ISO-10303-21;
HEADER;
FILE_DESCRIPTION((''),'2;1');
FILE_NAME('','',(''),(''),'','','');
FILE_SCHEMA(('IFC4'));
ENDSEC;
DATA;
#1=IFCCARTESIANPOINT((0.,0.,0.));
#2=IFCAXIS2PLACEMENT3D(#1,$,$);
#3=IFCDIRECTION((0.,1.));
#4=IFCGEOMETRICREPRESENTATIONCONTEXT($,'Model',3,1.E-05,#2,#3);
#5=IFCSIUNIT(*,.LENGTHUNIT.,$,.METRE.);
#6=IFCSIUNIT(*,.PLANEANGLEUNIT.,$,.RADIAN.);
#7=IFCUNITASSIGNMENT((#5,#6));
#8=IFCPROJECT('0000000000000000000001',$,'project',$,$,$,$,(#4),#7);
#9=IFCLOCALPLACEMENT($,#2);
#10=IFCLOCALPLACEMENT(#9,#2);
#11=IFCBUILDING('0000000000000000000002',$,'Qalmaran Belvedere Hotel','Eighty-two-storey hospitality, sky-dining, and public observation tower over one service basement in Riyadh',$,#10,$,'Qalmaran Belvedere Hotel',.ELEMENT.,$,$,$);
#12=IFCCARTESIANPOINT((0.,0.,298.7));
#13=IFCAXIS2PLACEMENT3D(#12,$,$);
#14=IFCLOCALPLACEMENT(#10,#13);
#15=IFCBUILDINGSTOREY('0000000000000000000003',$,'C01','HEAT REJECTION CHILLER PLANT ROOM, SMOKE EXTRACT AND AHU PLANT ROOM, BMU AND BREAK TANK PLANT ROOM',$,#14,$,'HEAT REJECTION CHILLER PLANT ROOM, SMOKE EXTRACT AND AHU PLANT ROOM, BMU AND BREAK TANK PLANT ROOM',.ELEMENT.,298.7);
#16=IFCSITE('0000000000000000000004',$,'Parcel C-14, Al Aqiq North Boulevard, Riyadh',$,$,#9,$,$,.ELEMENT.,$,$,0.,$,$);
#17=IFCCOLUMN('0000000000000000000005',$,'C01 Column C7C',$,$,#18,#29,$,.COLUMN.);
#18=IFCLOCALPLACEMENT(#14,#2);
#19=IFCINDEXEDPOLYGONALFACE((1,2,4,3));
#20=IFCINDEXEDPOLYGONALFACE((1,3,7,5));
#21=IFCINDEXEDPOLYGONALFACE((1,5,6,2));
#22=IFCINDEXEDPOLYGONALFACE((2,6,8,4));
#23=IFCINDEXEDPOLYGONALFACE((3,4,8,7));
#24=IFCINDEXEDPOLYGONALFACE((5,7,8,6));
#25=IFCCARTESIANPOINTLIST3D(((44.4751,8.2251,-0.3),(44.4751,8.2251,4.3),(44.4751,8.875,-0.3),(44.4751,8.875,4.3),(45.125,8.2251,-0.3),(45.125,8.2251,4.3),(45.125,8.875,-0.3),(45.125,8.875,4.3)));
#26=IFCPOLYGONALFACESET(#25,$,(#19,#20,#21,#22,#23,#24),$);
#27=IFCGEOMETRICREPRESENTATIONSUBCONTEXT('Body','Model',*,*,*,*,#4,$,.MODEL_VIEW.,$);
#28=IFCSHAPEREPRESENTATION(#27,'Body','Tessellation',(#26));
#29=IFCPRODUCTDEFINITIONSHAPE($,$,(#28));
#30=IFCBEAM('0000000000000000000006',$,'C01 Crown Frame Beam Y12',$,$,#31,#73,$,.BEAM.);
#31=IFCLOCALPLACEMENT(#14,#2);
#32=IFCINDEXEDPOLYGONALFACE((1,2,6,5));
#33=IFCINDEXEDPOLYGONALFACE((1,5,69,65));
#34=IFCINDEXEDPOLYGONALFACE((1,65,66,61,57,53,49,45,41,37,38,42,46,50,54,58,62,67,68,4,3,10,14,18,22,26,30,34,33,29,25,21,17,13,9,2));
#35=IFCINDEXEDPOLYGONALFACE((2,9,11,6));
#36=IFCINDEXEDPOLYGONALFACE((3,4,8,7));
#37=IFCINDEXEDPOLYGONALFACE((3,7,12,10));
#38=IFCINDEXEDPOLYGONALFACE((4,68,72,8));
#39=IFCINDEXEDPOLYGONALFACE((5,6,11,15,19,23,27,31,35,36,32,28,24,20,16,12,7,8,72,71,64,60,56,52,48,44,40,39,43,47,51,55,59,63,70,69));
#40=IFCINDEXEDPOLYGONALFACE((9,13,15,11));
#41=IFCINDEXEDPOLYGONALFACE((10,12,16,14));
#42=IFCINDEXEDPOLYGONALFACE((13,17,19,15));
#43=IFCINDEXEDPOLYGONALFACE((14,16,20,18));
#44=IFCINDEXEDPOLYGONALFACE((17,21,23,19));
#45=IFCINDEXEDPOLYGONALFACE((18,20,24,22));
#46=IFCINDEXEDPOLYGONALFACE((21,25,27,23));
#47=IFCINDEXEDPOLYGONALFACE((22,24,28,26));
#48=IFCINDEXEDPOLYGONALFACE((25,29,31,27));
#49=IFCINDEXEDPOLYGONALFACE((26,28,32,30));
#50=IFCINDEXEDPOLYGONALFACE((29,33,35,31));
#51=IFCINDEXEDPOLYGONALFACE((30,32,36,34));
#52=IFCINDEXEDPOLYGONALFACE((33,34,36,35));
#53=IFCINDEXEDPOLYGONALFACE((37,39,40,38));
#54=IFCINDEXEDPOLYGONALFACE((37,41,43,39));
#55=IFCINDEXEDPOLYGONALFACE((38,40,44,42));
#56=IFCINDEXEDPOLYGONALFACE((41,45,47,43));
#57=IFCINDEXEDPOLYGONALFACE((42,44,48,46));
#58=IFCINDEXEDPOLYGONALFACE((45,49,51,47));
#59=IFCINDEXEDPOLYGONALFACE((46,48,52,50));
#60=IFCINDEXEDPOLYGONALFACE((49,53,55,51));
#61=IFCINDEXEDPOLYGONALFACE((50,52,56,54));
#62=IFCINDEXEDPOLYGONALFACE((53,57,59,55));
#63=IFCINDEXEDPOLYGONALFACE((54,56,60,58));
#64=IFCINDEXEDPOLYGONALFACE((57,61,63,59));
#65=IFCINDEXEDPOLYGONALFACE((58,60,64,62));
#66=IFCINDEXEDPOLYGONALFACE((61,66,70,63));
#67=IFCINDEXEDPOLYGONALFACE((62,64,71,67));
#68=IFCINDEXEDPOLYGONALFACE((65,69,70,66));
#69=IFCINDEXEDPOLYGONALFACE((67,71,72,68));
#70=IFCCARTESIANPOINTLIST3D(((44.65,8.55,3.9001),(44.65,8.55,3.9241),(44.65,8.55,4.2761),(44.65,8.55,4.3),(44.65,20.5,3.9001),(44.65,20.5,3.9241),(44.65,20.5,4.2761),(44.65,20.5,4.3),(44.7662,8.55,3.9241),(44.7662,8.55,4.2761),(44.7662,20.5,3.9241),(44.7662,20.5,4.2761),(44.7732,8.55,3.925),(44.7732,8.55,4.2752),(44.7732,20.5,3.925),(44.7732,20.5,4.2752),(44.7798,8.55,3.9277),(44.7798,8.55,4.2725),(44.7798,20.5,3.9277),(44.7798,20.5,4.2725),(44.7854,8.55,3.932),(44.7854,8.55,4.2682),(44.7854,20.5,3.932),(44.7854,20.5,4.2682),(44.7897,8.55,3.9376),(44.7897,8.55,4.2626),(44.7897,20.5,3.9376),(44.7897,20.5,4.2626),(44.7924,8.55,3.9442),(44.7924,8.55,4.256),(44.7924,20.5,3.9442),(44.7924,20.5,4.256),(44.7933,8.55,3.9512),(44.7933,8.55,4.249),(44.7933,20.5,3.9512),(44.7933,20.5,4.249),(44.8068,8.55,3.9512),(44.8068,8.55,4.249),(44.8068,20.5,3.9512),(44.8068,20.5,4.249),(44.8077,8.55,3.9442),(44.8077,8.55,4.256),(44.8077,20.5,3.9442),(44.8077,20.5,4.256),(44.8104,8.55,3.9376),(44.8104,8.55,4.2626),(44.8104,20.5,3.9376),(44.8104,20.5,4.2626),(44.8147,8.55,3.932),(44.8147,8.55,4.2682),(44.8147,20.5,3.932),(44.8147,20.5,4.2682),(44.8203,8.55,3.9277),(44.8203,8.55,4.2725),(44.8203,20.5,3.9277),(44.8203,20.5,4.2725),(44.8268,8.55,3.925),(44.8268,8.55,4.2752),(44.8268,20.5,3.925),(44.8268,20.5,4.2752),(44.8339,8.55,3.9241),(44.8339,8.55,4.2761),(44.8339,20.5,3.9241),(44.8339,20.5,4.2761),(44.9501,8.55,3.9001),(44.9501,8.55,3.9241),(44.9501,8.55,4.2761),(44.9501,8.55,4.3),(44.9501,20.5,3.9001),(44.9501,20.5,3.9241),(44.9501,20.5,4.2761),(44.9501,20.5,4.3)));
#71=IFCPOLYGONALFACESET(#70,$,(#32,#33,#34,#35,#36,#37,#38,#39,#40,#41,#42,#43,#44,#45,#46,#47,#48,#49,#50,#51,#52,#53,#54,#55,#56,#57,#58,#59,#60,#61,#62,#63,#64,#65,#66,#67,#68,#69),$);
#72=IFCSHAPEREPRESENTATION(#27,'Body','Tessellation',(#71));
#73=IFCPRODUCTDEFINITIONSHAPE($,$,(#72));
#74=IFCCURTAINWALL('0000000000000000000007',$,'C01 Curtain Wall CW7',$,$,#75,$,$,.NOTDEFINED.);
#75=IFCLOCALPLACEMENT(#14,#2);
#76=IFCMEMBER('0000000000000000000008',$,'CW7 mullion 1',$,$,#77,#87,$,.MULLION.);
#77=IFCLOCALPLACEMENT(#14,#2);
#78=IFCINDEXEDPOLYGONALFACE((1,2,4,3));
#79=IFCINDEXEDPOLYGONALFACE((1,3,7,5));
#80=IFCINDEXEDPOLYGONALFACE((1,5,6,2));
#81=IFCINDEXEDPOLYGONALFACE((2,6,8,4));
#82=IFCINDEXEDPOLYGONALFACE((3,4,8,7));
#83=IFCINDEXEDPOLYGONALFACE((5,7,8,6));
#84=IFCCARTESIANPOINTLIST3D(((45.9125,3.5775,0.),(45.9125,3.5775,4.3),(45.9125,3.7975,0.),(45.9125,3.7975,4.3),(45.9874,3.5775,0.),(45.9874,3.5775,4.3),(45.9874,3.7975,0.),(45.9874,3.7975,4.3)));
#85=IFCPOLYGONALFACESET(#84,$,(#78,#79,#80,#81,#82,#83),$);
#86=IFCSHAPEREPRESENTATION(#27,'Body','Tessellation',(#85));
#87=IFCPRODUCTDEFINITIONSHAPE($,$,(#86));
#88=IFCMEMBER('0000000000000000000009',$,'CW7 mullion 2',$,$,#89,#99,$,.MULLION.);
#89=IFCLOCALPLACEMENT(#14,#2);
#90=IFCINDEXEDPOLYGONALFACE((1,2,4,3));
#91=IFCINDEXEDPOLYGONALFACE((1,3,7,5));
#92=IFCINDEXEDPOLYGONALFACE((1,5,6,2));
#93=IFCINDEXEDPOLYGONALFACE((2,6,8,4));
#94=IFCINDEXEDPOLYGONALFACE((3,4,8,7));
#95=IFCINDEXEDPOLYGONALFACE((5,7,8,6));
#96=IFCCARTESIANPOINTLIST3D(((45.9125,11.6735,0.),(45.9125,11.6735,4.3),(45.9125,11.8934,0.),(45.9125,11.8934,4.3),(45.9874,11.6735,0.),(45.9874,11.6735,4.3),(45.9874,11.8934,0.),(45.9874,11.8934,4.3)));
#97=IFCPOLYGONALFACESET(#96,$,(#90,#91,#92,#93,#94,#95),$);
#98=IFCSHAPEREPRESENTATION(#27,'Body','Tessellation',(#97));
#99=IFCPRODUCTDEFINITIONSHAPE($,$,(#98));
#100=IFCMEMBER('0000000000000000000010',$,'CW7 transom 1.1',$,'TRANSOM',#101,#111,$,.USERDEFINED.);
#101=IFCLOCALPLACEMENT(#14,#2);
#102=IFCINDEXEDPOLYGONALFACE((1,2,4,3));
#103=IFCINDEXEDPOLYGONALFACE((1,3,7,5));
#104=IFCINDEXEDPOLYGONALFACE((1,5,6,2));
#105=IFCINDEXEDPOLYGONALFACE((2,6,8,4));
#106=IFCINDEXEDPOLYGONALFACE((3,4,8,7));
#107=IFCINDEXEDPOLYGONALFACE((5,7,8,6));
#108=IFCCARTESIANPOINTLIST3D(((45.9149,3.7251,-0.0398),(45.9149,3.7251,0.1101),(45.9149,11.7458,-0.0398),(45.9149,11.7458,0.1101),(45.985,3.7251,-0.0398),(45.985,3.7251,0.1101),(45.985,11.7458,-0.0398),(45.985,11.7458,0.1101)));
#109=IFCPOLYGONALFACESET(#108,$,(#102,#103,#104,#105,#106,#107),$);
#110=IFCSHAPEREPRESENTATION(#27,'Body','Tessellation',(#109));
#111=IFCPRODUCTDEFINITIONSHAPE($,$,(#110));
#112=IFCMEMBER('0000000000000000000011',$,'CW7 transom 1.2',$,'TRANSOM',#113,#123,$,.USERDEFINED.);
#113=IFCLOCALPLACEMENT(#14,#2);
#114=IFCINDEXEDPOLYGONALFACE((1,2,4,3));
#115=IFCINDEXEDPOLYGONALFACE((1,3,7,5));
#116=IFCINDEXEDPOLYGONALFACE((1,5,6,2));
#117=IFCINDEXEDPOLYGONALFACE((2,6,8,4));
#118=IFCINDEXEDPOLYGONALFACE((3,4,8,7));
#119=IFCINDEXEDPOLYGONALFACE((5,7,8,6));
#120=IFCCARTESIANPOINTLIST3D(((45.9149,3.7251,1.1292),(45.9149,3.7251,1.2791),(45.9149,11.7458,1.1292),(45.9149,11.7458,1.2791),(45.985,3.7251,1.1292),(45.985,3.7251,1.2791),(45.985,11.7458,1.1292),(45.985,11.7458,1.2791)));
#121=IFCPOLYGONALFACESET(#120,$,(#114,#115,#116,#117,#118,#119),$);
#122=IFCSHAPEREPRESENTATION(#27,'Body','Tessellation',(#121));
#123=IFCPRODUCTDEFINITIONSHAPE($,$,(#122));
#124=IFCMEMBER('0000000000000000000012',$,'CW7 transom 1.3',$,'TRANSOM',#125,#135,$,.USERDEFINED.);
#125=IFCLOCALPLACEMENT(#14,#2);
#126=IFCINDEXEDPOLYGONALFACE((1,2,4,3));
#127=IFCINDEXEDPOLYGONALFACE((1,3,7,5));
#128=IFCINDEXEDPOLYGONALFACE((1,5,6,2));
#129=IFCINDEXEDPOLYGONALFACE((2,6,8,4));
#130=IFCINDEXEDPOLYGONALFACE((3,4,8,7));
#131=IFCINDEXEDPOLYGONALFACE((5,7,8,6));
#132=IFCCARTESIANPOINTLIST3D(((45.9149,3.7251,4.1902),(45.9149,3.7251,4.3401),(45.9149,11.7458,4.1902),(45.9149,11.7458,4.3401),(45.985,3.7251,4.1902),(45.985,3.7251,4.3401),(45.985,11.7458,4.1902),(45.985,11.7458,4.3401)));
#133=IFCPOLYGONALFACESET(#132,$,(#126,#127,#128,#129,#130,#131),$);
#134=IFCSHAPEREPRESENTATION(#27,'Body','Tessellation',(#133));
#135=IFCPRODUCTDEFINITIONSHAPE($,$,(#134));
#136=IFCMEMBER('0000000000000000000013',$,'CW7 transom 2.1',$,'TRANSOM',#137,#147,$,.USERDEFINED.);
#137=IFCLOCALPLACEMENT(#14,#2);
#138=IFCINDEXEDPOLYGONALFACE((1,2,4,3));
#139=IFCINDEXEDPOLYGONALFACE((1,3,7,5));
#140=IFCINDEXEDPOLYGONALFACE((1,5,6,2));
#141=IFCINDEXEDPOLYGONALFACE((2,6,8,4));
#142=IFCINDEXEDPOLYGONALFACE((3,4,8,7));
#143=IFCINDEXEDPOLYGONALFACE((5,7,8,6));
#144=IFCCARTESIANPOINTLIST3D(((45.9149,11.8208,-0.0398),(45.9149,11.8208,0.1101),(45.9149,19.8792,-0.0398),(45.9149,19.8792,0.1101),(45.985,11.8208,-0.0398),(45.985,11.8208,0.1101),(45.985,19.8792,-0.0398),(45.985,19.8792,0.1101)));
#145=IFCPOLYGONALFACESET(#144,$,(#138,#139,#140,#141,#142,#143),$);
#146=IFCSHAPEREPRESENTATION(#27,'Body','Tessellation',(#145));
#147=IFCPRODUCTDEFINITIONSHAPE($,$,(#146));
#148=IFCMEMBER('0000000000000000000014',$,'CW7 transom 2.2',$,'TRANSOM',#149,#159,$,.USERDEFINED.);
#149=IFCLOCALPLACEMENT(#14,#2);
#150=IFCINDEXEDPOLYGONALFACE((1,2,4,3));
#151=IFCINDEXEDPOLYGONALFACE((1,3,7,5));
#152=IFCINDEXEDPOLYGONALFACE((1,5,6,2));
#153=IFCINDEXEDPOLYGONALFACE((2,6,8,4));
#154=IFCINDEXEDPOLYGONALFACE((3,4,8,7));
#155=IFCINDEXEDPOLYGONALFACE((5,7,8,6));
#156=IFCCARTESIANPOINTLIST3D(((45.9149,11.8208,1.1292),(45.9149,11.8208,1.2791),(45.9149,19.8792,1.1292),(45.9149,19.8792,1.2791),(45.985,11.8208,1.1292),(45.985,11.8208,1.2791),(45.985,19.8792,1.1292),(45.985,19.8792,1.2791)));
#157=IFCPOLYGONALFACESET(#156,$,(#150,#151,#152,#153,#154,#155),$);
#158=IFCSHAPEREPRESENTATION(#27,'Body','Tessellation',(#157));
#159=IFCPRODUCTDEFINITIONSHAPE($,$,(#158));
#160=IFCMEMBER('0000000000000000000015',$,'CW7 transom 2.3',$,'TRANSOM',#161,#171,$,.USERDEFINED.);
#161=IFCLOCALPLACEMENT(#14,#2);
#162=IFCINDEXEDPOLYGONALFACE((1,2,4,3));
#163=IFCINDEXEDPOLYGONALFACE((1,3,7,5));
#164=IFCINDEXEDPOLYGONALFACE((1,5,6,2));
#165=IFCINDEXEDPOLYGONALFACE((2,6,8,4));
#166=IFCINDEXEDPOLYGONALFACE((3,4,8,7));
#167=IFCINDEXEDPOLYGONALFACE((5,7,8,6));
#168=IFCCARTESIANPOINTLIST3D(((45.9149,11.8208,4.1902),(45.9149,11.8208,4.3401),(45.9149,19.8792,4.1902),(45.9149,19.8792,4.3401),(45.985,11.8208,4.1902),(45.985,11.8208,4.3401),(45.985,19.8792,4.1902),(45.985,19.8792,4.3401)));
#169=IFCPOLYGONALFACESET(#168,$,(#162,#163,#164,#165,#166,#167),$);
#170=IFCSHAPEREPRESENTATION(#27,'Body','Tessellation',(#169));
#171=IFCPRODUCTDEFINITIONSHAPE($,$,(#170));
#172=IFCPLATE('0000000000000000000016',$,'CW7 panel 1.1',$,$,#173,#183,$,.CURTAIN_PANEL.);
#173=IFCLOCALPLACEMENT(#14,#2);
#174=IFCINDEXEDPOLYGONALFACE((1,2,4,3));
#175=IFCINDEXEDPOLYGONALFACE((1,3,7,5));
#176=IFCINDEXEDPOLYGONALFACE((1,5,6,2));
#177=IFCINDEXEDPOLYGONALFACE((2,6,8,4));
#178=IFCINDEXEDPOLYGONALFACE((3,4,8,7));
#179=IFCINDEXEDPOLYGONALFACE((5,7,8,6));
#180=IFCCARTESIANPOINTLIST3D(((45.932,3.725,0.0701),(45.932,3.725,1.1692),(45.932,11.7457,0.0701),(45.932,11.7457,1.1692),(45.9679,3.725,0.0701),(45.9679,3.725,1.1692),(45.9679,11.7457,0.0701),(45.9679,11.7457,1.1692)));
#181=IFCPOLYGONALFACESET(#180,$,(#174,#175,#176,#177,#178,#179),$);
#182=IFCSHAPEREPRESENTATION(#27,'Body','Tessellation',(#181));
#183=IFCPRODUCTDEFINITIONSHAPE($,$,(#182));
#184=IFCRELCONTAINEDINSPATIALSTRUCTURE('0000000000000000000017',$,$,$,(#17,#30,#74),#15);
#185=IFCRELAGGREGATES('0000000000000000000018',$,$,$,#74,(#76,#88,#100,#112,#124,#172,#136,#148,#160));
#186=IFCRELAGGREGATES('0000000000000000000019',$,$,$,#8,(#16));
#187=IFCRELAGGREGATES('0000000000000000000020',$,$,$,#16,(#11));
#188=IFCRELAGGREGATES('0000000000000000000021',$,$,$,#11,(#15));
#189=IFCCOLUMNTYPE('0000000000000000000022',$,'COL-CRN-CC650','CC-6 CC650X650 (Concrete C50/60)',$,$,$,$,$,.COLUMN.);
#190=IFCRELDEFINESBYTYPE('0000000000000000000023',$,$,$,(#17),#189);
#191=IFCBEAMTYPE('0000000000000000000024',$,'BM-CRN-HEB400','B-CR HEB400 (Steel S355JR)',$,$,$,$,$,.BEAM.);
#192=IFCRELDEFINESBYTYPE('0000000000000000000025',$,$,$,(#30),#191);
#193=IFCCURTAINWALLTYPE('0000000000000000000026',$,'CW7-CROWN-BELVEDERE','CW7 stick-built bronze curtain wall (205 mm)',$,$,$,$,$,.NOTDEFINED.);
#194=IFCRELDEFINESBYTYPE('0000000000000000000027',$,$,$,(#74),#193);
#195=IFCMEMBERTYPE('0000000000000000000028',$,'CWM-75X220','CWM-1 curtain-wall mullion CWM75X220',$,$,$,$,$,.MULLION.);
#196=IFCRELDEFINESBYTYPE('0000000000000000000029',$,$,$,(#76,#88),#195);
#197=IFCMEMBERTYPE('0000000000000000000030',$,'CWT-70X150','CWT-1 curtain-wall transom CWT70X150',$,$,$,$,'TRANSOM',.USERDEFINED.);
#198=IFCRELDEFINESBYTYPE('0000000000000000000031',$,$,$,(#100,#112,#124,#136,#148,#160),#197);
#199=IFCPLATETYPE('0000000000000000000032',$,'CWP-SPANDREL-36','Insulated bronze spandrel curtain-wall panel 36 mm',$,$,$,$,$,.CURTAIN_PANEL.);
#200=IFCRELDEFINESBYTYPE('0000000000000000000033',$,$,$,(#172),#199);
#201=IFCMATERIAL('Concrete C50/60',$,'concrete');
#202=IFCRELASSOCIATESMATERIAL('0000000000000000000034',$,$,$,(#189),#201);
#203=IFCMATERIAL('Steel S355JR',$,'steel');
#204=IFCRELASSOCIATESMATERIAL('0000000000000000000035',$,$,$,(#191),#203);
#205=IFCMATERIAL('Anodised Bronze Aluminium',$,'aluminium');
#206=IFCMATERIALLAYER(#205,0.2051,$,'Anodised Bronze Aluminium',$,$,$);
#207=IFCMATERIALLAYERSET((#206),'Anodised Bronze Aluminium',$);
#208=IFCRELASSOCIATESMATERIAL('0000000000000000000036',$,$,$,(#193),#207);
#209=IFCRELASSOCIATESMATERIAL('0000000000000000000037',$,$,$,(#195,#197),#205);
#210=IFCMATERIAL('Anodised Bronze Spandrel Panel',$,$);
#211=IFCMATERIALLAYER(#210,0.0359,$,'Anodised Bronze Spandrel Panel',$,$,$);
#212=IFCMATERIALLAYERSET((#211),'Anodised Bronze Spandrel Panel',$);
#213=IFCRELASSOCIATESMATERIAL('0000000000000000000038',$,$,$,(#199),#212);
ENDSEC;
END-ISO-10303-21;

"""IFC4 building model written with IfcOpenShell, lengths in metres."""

from ifc_helpers import new_model, si_unit, direction, frame, origin, origin_2d, place, context, subcontext, project, spatial, rectangle, i_section, extrude, material, layer, layer_set, material_profile, profile_set, type_object, element, aggregate, save


model = new_model("IFC4")

# Units and contexts
model_context = context("Model", 3, precision=1e-05, world=origin(), true_north=direction((0.0, 1.0)))
body_context = subcontext(model_context, "Body", "Model", "MODEL_VIEW")
ifc_project = project(units=[si_unit("LENGTHUNIT", "METRE"), si_unit("PLANEANGLEUNIT", "RADIAN")], contexts=[model_context])

# Site, building, storey
site_placement = place(None, origin())
site = spatial("IfcSite", under=ifc_project, at=site_placement, Name="Parcel C-14, Al Aqiq North Boulevard, Riyadh", CompositionType="ELEMENT", RefElevation=0.0)
building_placement = place(site_placement, origin())
building = spatial("IfcBuilding", under=site, at=building_placement, Name="Qalmaran Belvedere Hotel", Description="Eighty-two-storey hospitality, sky-dining, and public observation tower over one service basement in Riyadh", LongName="Qalmaran Belvedere Hotel", CompositionType="ELEMENT")
storey_placement = place(building_placement, frame((0.0, 0.0, 298.7)))
storey = spatial("IfcBuildingStorey", under=building, at=storey_placement, Name="C01", Description="HEAT REJECTION CHILLER PLANT ROOM, SMOKE EXTRACT AND AHU PLANT ROOM, BMU AND BREAK TANK PLANT ROOM", LongName="HEAT REJECTION CHILLER PLANT ROOM, SMOKE EXTRACT AND AHU PLANT ROOM, BMU AND BREAK TANK PLANT ROOM", CompositionType="ELEMENT", Elevation=298.7)

# Column
ifc_material_1 = material(Name="Concrete C50/60", Category="concrete")
ifc_material_profile_1 = material_profile(ifc_material_1, rectangle(XDim=0.6499, YDim=0.6499, at=origin_2d()), Name="CC650X650")
ifc_profile_set_1 = profile_set([ifc_material_profile_1], Name="Concrete C50/60")
column_type = type_object("IfcColumnType", Name="COL-CRN-CC650", Description="CC-6 CC650X650 (Concrete C50/60)", PredefinedType="COLUMN", material=ifc_profile_set_1)
column_placement = place(storey_placement, frame((44.8, 8.55, -0.3), z_axis=(0.0, 0.0, 1.0), x_axis=(1.0, 0.0, 0.0)))
element("IfcColumn", 1, at=column_placement, inside=storey, type_object=column_type, Name="C01 Column C7C", PredefinedType="COLUMN", context=body_context, shape_type="SweptSolid", body=[
    extrude(rectangle(XDim=0.6499, YDim=0.6499, at=origin_2d()), origin(), (0.0, 0.0, 1.0), 4.6001),
])

# Beam
ifc_material_2 = material(Name="Steel S355JR", Category="steel")
ifc_material_profile_2 = material_profile(ifc_material_2, i_section(OverallWidth=0.3, OverallDepth=0.3999, WebThickness=0.0134, FlangeThickness=0.0239, FilletRadius=0.0271, at=origin_2d()), Name="HEB400")
ifc_profile_set_2 = profile_set([ifc_material_profile_2], Name="Steel S355JR")
beam_type = type_object("IfcBeamType", Name="BM-CRN-HEB400", Description="B-CR HEB400 (Steel S355JR)", PredefinedType="BEAM", material=ifc_profile_set_2)
beam_placement = place(storey_placement, frame((44.8, 8.55, 4.1001), z_axis=(0.0, 1.0, 0.0), x_axis=(-1.0, 0.0, 0.0)))
element("IfcBeam", 2, at=beam_placement, inside=storey, type_object=beam_type, Name="C01 Crown Frame Beam Y12", PredefinedType="BEAM", context=body_context, shape_type="SweptSolid", body=[
    extrude(i_section(OverallWidth=0.3, OverallDepth=0.3999, WebThickness=0.0134, FlangeThickness=0.0239, FilletRadius=0.0271, at=origin_2d()), origin(), (0.0, 0.0, 1.0), 11.95),
])

# Curtain wall, members, plate
ifc_material_3 = material(Name="Anodised Bronze Aluminium", Category="aluminium")
ifc_layer_1 = layer(ifc_material_3, 0.2051, Name="Anodised Bronze Aluminium")
ifc_layer_set_1 = layer_set([ifc_layer_1], Name="Anodised Bronze Aluminium")
curtain_wall_type = type_object("IfcCurtainWallType", Name="CW7-CROWN-BELVEDERE", Description="CW7 stick-built bronze curtain wall (205 mm)", PredefinedType="NOTDEFINED", material=ifc_layer_set_1)
curtain_wall_placement = place(storey_placement, origin())
curtain_wall = element("IfcCurtainWall", 3, at=curtain_wall_placement, inside=storey, type_object=curtain_wall_type, Name="C01 Curtain Wall CW7", PredefinedType="NOTDEFINED")
ifc_material_profile_3 = material_profile(ifc_material_3, rectangle(XDim=0.075, YDim=0.22, at=origin_2d()), Name="CWM75X220")
ifc_profile_set_3 = profile_set([ifc_material_profile_3], Name="Anodised Bronze Aluminium")
member_type_1 = type_object("IfcMemberType", Name="CWM-75X220", Description="CWM-1 curtain-wall mullion CWM75X220", PredefinedType="MULLION", material=ifc_profile_set_3)
member_1_placement = place(storey_placement, frame((45.95, 3.6875, 0.0), z_axis=(0.0, 0.0, 1.0), x_axis=(-1.0, 0.0, 0.0)))
member_1 = element("IfcMember", 4, at=member_1_placement, type_object=member_type_1, Name="CW7 mullion 1", PredefinedType="MULLION", context=body_context, shape_type="SweptSolid", body=[
    extrude(rectangle(XDim=0.075, YDim=0.22, at=origin_2d()), origin(), (0.0, 0.0, 1.0), 4.3),
])
member_2_placement = place(storey_placement, frame((45.95, 11.7834, 0.0), z_axis=(0.0, 0.0, 1.0), x_axis=(-1.0, 0.0, 0.0)))
member_2 = element("IfcMember", 5, at=member_2_placement, type_object=member_type_1, Name="CW7 mullion 2", PredefinedType="MULLION", context=body_context, shape_type="SweptSolid", body=[
    extrude(rectangle(XDim=0.075, YDim=0.22, at=origin_2d()), origin(), (0.0, 0.0, 1.0), 4.3),
])
ifc_material_profile_4 = material_profile(ifc_material_3, rectangle(XDim=0.0701, YDim=0.1499, at=origin_2d()), Name="CWT70X150")
ifc_profile_set_4 = profile_set([ifc_material_profile_4], Name="Anodised Bronze Aluminium")
member_type_2 = type_object("IfcMemberType", Name="CWT-70X150", Description="CWT-1 curtain-wall transom CWT70X150", ElementType="TRANSOM", PredefinedType="USERDEFINED", material=ifc_profile_set_4)
member_3_placement = place(storey_placement, frame((45.95, 3.7251, 0.0352), z_axis=(0.0, 1.0, 0.0), x_axis=(-1.0, 0.0, 0.0)))
member_3 = element("IfcMember", 6, at=member_3_placement, type_object=member_type_2, Name="CW7 transom 1.1", ObjectType="TRANSOM", PredefinedType="USERDEFINED", context=body_context, shape_type="SweptSolid", body=[
    extrude(rectangle(XDim=0.0701, YDim=0.1499, at=origin_2d()), origin(), (0.0, 0.0, 1.0), 8.0208),
])
member_4_placement = place(storey_placement, frame((45.95, 3.7251, 1.2041), z_axis=(0.0, 1.0, 0.0), x_axis=(-1.0, 0.0, 0.0)))
member_4 = element("IfcMember", 7, at=member_4_placement, type_object=member_type_2, Name="CW7 transom 1.2", ObjectType="TRANSOM", PredefinedType="USERDEFINED", context=body_context, shape_type="SweptSolid", body=[
    extrude(rectangle(XDim=0.0701, YDim=0.1499, at=origin_2d()), origin(), (0.0, 0.0, 1.0), 8.0208),
])
member_5_placement = place(storey_placement, frame((45.95, 3.7251, 4.2651), z_axis=(0.0, 1.0, 0.0), x_axis=(-1.0, 0.0, 0.0)))
member_5 = element("IfcMember", 8, at=member_5_placement, type_object=member_type_2, Name="CW7 transom 1.3", ObjectType="TRANSOM", PredefinedType="USERDEFINED", context=body_context, shape_type="SweptSolid", body=[
    extrude(rectangle(XDim=0.0701, YDim=0.1499, at=origin_2d()), origin(), (0.0, 0.0, 1.0), 8.0208),
])
member_6_placement = place(storey_placement, frame((45.95, 11.8208, 0.0352), z_axis=(0.0, 1.0, 0.0), x_axis=(-1.0, 0.0, 0.0)))
member_6 = element("IfcMember", 9, at=member_6_placement, type_object=member_type_2, Name="CW7 transom 2.1", ObjectType="TRANSOM", PredefinedType="USERDEFINED", context=body_context, shape_type="SweptSolid", body=[
    extrude(rectangle(XDim=0.0701, YDim=0.1499, at=origin_2d()), origin(), (0.0, 0.0, 1.0), 8.0583),
])
member_7_placement = place(storey_placement, frame((45.95, 11.8208, 1.2041), z_axis=(0.0, 1.0, 0.0), x_axis=(-1.0, 0.0, 0.0)))
member_7 = element("IfcMember", 10, at=member_7_placement, type_object=member_type_2, Name="CW7 transom 2.2", ObjectType="TRANSOM", PredefinedType="USERDEFINED", context=body_context, shape_type="SweptSolid", body=[
    extrude(rectangle(XDim=0.0701, YDim=0.1499, at=origin_2d()), origin(), (0.0, 0.0, 1.0), 8.0583),
])
member_8_placement = place(storey_placement, frame((45.95, 11.8208, 4.2651), z_axis=(0.0, 1.0, 0.0), x_axis=(-1.0, 0.0, 0.0)))
member_8 = element("IfcMember", 11, at=member_8_placement, type_object=member_type_2, Name="CW7 transom 2.3", ObjectType="TRANSOM", PredefinedType="USERDEFINED", context=body_context, shape_type="SweptSolid", body=[
    extrude(rectangle(XDim=0.0701, YDim=0.1499, at=origin_2d()), origin(), (0.0, 0.0, 1.0), 8.0583),
])
ifc_material_4 = material(Name="Anodised Bronze Spandrel Panel")
ifc_layer_2 = layer(ifc_material_4, 0.0359, Name="Anodised Bronze Spandrel Panel")
ifc_layer_set_2 = layer_set([ifc_layer_2], Name="Anodised Bronze Spandrel Panel")
plate_type_1 = type_object("IfcPlateType", Name="CWP-SPANDREL-36", Description="Insulated bronze spandrel curtain-wall panel 36 mm", PredefinedType="CURTAIN_PANEL", material=ifc_layer_set_2)
plate_1_placement = place(storey_placement, frame((45.95, 7.7354, 0.0701), z_axis=(0.0, 0.0, 1.0), x_axis=(0.0, 1.0, 0.0)))
plate_1 = element("IfcPlate", 12, at=plate_1_placement, type_object=plate_type_1, Name="CW7 panel 1.1", PredefinedType="CURTAIN_PANEL", context=body_context, shape_type="SweptSolid", body=[
    extrude(rectangle(XDim=8.0208, YDim=0.0359, at=origin_2d()), origin(), (0.0, 0.0, 1.0), 1.0991),
])
aggregate(curtain_wall, [member_1, member_2, member_3, member_4, member_5, plate_1, member_6, member_7, member_8])

save(model, "model.ifc")
